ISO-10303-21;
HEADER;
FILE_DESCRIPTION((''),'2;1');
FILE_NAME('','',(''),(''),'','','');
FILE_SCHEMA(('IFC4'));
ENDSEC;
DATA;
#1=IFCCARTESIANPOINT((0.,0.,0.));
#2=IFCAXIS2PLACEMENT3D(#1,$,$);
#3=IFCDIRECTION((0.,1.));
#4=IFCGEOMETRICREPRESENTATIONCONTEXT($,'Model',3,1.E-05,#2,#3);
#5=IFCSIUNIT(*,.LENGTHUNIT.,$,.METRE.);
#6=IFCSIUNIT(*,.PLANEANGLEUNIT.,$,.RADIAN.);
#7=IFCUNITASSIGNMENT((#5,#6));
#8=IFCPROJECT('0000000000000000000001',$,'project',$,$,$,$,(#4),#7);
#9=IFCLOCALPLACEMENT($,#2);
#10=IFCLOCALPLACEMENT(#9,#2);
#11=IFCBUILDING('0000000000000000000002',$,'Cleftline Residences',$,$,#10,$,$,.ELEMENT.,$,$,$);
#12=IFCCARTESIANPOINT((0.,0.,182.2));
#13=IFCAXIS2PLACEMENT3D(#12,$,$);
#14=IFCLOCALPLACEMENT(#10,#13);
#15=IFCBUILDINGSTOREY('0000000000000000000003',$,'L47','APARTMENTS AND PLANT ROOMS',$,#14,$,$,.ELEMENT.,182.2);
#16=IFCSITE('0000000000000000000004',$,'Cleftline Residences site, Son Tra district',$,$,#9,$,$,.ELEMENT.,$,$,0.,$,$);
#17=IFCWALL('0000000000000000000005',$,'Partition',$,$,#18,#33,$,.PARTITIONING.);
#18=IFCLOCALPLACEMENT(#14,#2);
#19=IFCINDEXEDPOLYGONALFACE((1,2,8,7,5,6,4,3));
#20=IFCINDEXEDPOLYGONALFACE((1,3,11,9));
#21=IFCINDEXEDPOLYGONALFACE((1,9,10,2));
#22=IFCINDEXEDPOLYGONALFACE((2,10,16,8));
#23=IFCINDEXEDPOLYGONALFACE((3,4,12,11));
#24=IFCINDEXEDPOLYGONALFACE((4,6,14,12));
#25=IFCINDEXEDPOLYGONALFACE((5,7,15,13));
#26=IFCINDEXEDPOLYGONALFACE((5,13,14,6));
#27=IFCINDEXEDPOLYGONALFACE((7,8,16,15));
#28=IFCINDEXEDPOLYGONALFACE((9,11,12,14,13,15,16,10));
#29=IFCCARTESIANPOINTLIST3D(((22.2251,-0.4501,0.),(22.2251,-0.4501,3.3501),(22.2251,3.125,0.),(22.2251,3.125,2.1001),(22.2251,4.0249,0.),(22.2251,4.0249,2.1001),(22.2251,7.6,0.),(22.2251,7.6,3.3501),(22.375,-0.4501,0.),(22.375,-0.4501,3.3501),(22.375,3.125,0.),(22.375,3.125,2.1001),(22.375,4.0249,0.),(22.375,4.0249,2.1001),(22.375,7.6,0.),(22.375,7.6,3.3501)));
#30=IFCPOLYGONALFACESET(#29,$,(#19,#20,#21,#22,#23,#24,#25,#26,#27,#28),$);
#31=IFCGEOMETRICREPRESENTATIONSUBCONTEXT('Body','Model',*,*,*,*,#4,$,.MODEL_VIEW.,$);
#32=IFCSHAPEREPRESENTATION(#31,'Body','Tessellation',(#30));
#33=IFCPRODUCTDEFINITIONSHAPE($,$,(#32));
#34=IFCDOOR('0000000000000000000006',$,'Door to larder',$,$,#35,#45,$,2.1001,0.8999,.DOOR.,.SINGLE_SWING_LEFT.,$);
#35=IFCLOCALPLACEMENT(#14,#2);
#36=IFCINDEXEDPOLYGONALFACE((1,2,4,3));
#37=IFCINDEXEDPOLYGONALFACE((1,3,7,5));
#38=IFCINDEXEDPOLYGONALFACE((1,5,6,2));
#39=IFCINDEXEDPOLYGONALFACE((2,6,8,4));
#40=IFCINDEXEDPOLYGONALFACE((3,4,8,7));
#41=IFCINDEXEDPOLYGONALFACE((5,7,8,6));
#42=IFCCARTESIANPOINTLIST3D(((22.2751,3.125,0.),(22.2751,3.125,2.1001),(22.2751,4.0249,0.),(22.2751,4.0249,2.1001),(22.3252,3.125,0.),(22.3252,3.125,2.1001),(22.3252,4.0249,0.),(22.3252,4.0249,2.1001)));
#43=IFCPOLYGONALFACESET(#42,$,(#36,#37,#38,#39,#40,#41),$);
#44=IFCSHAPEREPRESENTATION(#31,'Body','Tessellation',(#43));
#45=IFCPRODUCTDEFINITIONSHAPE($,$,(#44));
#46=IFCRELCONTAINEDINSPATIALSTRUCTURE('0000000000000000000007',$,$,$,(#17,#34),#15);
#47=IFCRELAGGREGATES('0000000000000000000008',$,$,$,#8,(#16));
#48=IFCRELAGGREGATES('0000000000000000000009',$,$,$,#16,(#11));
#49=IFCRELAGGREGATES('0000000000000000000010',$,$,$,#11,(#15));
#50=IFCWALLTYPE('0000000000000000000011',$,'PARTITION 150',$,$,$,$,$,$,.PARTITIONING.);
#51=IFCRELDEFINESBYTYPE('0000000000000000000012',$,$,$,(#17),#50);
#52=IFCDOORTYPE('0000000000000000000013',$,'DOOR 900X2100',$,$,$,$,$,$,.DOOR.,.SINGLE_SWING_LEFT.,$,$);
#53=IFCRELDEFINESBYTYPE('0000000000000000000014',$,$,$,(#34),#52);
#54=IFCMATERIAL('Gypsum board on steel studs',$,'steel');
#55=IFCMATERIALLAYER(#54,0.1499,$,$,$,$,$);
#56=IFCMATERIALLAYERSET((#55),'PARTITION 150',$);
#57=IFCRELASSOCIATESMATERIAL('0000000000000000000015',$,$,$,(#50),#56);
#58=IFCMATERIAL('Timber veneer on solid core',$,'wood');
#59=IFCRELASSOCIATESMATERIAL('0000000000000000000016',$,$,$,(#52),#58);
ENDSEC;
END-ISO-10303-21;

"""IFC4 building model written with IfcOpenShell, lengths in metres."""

from ifc_helpers import new_model, si_unit, direction, frame, frame_2d, origin, place, context, subcontext, project, spatial, rectangle, extrude, material, layer, layer_set, type_object, element, fill, save


model = new_model("IFC4")

# Units and contexts
model_context = context("Model", 3, precision=1e-05, world=origin(), true_north=direction((0.0, 1.0)))
body_context = subcontext(model_context, "Body", "Model", "MODEL_VIEW")
ifc_project = project(units=[si_unit("LENGTHUNIT", "METRE"), si_unit("PLANEANGLEUNIT", "RADIAN")], contexts=[model_context])

# Site, building, storey
site_placement = place(None, origin())
site = spatial("IfcSite", under=ifc_project, at=site_placement, Name="Cleftline Residences site, Son Tra district", CompositionType="ELEMENT", RefElevation=0.0)
building_placement = place(site_placement, origin())
building = spatial("IfcBuilding", under=site, at=building_placement, Name="Cleftline Residences", CompositionType="ELEMENT")
storey_placement = place(building_placement, frame((0.0, 0.0, 182.2)))
storey = spatial("IfcBuildingStorey", under=building, at=storey_placement, Name="L47", Description="APARTMENTS AND PLANT ROOMS", CompositionType="ELEMENT", Elevation=182.2)

# Shared definitions
ifc_material_1 = material(Name="Gypsum board on steel studs", Category="steel")
ifc_layer_1 = layer(ifc_material_1, 0.1499)
ifc_layer_set_1 = layer_set([ifc_layer_1], Name="PARTITION 150")
wall_type_1 = type_object("IfcWallType", Name="PARTITION 150", PredefinedType="PARTITIONING", material=ifc_layer_set_1)
ifc_material_2 = material(Name="Timber veneer on solid core", Category="wood")
door_type_1 = type_object("IfcDoorType", Name="DOOR 900X2100", OperationType="SINGLE_SWING_LEFT", PredefinedType="DOOR", material=ifc_material_2)

# Wall, opening, door
wall_1_placement = place(storey_placement, frame((22.3, -0.45, 0.0), z_axis=(0.0, 0.0, 1.0), x_axis=(0.0, 1.0, 0.0)))
wall_1 = element("IfcWall", 1, at=wall_1_placement, inside=storey, type_object=wall_type_1, Name="Partition", PredefinedType="PARTITIONING", context=body_context, shape_type="SweptSolid", body=[
    extrude(rectangle(XDim=8.05, YDim=0.1499, at=frame_2d((4.0249, 0.0))), origin(), (0.0, 0.0, 1.0), 3.3501),
])
opening_1_placement = place(wall_1_placement, frame((3.575, 0.0, 0.0)))
opening_1 = element("IfcOpeningElement", 2, at=opening_1_placement, cuts=wall_1, PredefinedType="OPENING", context=body_context, shape_type="SweptSolid", body=[
    extrude(rectangle(XDim=0.8999, YDim=2.1001, at=frame_2d((0.45, 1.05))), frame((0.0, 0.085, 0.0), z_axis=(0.0, -1.0, 0.0), x_axis=(1.0, 0.0, 0.0)), (0.0, 0.0, 1.0), 0.1699),
])
door_1_placement = place(opening_1_placement, origin())
door_1 = element("IfcDoor", 3, at=door_1_placement, inside=storey, type_object=door_type_1, Name="Door to larder", OperationType="SINGLE_SWING_LEFT", OverallHeight=2.1001, OverallWidth=0.8999, PredefinedType="DOOR", context=body_context, shape_type="SweptSolid", body=[
    extrude(rectangle(XDim=0.8999, YDim=2.1001, at=frame_2d((0.45, 1.05))), frame((0.0, 0.0249, 0.0), z_axis=(0.0, -1.0, 0.0), x_axis=(1.0, 0.0, 0.0)), (0.0, 0.0, 1.0), 0.05),
])
fill(opening_1, door_1)

save(model, "model.ifc")
